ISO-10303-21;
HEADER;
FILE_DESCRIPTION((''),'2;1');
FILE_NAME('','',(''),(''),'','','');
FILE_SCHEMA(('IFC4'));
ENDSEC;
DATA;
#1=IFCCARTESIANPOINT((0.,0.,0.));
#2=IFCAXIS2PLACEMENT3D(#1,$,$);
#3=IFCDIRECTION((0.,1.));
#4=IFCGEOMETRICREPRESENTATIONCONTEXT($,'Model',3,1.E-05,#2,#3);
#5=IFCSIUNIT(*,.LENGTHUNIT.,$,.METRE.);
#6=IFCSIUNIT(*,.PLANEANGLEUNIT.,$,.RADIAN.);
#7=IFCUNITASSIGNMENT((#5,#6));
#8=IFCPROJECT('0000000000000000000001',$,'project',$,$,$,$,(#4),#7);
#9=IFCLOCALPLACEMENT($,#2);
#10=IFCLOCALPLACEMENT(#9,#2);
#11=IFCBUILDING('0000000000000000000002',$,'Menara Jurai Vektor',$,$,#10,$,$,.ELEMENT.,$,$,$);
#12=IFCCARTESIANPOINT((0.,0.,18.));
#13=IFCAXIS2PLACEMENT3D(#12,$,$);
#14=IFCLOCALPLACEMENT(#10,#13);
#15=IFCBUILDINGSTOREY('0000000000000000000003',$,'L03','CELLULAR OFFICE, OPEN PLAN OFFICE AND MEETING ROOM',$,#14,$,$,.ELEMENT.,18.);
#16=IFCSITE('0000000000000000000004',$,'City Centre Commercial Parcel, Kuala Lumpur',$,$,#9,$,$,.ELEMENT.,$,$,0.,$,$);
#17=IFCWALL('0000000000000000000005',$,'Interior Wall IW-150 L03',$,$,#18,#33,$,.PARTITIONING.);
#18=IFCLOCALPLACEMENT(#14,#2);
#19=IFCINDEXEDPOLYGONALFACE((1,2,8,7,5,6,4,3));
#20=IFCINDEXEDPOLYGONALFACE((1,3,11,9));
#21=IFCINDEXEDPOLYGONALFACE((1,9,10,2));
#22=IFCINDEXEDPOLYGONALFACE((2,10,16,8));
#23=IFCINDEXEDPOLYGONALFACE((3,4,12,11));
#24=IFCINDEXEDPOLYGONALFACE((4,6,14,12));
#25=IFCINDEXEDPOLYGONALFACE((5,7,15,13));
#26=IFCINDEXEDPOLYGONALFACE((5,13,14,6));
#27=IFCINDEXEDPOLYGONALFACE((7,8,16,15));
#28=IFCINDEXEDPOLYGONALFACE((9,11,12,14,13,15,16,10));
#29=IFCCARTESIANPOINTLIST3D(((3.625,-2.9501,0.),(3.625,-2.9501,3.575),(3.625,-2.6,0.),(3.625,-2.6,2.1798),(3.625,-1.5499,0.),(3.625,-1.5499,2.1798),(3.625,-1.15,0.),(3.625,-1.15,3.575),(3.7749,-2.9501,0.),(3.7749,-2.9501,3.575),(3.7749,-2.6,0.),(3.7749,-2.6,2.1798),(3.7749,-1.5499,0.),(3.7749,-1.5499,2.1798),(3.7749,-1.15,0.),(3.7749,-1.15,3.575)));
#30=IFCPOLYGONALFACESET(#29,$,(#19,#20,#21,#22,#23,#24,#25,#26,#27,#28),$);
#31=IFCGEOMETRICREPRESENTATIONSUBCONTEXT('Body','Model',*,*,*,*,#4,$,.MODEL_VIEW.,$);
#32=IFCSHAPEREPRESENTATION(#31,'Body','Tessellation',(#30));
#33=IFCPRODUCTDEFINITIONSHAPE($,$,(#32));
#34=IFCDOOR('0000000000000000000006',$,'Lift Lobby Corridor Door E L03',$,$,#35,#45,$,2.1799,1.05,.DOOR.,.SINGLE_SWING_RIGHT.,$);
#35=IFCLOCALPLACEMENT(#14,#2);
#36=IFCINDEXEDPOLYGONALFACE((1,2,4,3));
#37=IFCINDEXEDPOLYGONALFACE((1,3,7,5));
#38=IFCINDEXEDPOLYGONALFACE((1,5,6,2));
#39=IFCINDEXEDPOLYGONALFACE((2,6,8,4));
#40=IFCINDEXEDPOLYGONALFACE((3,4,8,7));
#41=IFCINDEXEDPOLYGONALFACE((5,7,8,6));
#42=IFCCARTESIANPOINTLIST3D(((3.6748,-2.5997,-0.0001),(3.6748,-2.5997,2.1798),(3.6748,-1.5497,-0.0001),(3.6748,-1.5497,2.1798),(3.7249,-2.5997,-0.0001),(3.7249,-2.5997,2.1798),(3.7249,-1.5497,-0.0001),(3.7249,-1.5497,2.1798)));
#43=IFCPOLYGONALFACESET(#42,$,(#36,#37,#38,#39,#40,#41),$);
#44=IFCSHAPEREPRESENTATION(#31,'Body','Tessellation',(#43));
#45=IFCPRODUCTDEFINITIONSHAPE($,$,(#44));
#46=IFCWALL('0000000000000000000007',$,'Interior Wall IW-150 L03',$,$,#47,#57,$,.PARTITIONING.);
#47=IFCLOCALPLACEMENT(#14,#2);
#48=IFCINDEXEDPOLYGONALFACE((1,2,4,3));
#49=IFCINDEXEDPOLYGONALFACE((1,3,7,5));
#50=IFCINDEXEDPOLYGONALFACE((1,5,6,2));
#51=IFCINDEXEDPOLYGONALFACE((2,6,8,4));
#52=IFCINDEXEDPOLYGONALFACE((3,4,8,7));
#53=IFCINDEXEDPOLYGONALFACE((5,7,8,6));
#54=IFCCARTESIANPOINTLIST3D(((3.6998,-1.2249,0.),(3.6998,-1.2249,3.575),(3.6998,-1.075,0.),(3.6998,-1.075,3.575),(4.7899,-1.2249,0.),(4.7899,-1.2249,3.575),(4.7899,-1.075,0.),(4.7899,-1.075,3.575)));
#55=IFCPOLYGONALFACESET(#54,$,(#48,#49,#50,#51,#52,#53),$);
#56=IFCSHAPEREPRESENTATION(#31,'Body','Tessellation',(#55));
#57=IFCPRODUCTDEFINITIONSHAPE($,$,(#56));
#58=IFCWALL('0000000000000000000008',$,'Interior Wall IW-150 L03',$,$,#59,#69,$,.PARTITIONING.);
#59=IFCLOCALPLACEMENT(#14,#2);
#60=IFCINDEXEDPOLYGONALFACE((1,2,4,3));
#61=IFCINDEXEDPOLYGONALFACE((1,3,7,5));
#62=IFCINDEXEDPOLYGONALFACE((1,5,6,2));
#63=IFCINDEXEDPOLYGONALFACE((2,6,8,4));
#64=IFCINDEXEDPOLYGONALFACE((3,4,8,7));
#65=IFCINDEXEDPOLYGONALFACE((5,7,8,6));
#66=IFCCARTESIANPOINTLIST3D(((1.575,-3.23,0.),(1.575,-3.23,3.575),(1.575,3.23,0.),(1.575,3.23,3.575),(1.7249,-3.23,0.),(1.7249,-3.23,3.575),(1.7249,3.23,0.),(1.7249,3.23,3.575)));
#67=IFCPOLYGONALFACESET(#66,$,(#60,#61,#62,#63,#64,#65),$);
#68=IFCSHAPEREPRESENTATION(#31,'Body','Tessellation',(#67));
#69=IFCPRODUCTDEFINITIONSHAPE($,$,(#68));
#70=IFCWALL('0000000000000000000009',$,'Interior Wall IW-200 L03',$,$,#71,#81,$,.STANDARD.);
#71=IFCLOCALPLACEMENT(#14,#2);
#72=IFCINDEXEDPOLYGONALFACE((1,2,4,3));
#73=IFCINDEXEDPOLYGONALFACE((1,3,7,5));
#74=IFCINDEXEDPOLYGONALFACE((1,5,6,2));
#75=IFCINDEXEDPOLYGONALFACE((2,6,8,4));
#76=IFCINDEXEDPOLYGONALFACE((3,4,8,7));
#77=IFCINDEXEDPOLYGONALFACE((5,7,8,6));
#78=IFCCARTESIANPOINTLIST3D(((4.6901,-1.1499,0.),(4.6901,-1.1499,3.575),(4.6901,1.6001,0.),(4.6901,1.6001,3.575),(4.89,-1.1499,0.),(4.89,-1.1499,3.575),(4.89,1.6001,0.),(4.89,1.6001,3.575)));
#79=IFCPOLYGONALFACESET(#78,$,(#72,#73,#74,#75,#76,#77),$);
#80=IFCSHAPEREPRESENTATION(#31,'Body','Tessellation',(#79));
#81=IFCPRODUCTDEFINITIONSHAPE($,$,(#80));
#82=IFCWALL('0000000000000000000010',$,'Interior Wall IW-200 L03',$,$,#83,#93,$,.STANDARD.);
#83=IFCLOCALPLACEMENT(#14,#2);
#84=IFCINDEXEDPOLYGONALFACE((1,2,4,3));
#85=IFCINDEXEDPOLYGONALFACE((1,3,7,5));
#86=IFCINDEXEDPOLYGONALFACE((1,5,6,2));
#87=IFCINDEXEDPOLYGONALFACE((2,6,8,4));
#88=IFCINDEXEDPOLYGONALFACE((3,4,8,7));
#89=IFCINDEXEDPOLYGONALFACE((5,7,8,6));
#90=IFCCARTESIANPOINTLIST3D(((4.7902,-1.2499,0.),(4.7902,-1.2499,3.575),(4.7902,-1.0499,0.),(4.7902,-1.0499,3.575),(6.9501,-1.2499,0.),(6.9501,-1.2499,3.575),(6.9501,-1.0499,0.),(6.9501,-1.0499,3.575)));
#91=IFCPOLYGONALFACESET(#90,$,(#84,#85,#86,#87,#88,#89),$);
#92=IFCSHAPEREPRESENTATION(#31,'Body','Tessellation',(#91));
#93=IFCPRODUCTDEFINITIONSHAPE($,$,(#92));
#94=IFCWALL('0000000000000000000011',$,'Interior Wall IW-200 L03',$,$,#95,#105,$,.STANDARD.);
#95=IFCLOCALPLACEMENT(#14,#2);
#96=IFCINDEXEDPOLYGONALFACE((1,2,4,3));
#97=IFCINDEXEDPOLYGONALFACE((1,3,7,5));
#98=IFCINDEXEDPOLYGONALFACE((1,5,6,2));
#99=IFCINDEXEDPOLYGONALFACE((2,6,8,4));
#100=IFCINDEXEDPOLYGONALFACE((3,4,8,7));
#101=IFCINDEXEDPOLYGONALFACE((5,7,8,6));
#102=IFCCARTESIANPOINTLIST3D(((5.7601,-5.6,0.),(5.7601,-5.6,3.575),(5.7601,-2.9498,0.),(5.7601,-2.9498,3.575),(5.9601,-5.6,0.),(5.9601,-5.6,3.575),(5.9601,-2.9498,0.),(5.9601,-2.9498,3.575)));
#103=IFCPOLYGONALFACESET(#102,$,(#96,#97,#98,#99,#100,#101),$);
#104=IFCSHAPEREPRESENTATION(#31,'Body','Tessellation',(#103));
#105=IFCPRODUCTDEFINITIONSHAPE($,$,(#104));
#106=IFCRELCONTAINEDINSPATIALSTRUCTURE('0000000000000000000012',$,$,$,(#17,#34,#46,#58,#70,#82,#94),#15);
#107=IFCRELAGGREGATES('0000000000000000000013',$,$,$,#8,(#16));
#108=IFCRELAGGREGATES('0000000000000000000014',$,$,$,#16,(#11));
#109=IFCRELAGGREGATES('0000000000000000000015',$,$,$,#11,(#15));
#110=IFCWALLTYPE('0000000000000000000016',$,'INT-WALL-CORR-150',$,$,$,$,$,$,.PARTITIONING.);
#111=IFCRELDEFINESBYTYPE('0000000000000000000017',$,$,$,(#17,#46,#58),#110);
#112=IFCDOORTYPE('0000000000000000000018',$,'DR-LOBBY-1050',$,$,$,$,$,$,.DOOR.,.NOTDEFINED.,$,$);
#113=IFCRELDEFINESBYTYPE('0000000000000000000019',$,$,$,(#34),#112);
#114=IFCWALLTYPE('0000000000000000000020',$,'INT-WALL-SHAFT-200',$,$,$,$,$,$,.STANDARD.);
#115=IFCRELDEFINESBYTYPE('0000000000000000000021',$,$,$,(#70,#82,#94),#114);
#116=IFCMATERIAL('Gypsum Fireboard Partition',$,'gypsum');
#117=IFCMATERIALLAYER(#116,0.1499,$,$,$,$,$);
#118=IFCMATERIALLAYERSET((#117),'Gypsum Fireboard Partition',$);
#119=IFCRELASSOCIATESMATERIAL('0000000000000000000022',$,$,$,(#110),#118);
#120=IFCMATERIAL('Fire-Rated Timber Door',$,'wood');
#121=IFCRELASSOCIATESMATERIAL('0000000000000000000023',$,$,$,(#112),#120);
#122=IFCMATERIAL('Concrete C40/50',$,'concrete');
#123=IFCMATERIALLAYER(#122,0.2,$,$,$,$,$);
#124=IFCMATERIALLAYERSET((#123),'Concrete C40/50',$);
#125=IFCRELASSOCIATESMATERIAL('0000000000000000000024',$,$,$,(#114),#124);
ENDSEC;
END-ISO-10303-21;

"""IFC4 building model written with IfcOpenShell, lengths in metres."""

from ifc_helpers import new_model, si_unit, direction, frame, frame_2d, origin, place, context, subcontext, project, spatial, rectangle, extrude, material, layer, layer_set, type_object, element, fill, save


model = new_model("IFC4")

# Units and contexts
model_context = context("Model", 3, precision=1e-05, world=origin(), true_north=direction((0.0, 1.0)))
body_context = subcontext(model_context, "Body", "Model", "MODEL_VIEW")
ifc_project = project(units=[si_unit("LENGTHUNIT", "METRE"), si_unit("PLANEANGLEUNIT", "RADIAN")], contexts=[model_context])

# Site, building, storey
site_placement = place(None, origin())
site = spatial("IfcSite", under=ifc_project, at=site_placement, Name="City Centre Commercial Parcel, Kuala Lumpur", CompositionType="ELEMENT", RefElevation=0.0)
building_placement = place(site_placement, origin())
building = spatial("IfcBuilding", under=site, at=building_placement, Name="Menara Jurai Vektor", CompositionType="ELEMENT")
storey_placement = place(building_placement, frame((0.0, 0.0, 18.0)))
storey = spatial("IfcBuildingStorey", under=building, at=storey_placement, Name="L03", Description="CELLULAR OFFICE, OPEN PLAN OFFICE AND MEETING ROOM", CompositionType="ELEMENT", Elevation=18.0)

# Shared definitions
ifc_material_1 = material(Name="Concrete C40/50", Category="concrete")

# Wall, opening, door
ifc_material_2 = material(Name="Gypsum Fireboard Partition", Category="gypsum")
ifc_layer_1 = layer(ifc_material_2, 0.1499)
ifc_layer_set_1 = layer_set([ifc_layer_1], Name="Gypsum Fireboard Partition")
wall_type_1 = type_object("IfcWallType", Name="INT-WALL-CORR-150", PredefinedType="PARTITIONING", material=ifc_layer_set_1)
wall_1_placement = place(storey_placement, frame((3.7, -2.95, 0.0), z_axis=(0.0, 0.0, 1.0), x_axis=(0.0, 1.0, 0.0)))
wall_1 = element("IfcWall", 1, at=wall_1_placement, inside=storey, type_object=wall_type_1, Name="Interior Wall IW-150 L03", PredefinedType="PARTITIONING", context=body_context, shape_type="SweptSolid", body=[
    extrude(rectangle(XDim=1.8, YDim=0.1499, at=frame_2d((0.8999, 0.0))), origin(), (0.0, 0.0, 1.0), 3.575),
])
opening_1_placement = place(wall_1_placement, frame((0.3501, 0.0, 0.0)))
opening_1 = element("IfcOpeningElement", 2, at=opening_1_placement, cuts=wall_1, PredefinedType="OPENING", context=body_context, shape_type="SweptSolid", body=[
    extrude(rectangle(XDim=1.05, YDim=2.1799, at=frame_2d((0.5249, 1.0898))), frame((0.0, 0.085, 0.0), z_axis=(0.0, -1.0, 0.0), x_axis=(1.0, 0.0, 0.0)), (0.0, 0.0, 1.0), 0.1699),
])
ifc_material_3 = material(Name="Fire-Rated Timber Door", Category="wood")
door_type_1 = type_object("IfcDoorType", Name="DR-LOBBY-1050", OperationType="NOTDEFINED", PredefinedType="DOOR", material=ifc_material_3)
door_1_placement = place(opening_1_placement, frame((1.05, 0.0, 0.0), z_axis=(0.0, 0.0, 1.0), x_axis=(-1.0, 0.0, 0.0)))
door_1 = element("IfcDoor", 3, at=door_1_placement, inside=storey, type_object=door_type_1, Name="Lift Lobby Corridor Door E L03", OperationType="SINGLE_SWING_RIGHT", OverallHeight=2.1799, OverallWidth=1.05, PredefinedType="DOOR", context=body_context, shape_type="SweptSolid", body=[
    extrude(rectangle(XDim=1.05, YDim=2.1799, at=frame_2d((0.5249, 1.0898))), frame((0.0, 0.0249, 0.0), z_axis=(0.0, -1.0, 0.0), x_axis=(1.0, 0.0, 0.0)), (0.0, 0.0, 1.0), 0.05),
])
fill(opening_1, door_1)

# Walls
wall_2_placement = place(storey_placement, frame((3.7, -1.1499, 0.0), z_axis=(0.0, 0.0, 1.0), x_axis=(1.0, 0.0, 0.0)))
element("IfcWall", 4, at=wall_2_placement, inside=storey, type_object=wall_type_1, Name="Interior Wall IW-150 L03", PredefinedType="PARTITIONING", context=body_context, shape_type="SweptSolid", body=[
    extrude(rectangle(XDim=1.0901, YDim=0.1499, at=frame_2d((0.5449, 0.0))), origin(), (0.0, 0.0, 1.0), 3.575),
])
wall_3_placement = place(storey_placement, frame((1.6499, -3.23, 0.0), z_axis=(0.0, 0.0, 1.0), x_axis=(0.0, 1.0, 0.0)))
element("IfcWall", 5, at=wall_3_placement, inside=storey, type_object=wall_type_1, Name="Interior Wall IW-150 L03", PredefinedType="PARTITIONING", context=body_context, shape_type="SweptSolid", body=[
    extrude(rectangle(XDim=6.46, YDim=0.1499, at=frame_2d((3.23, 0.0))), origin(), (0.0, 0.0, 1.0), 3.575),
])

# Shared definitions
ifc_layer_2 = layer(ifc_material_1, 0.2)
ifc_layer_set_2 = layer_set([ifc_layer_2], Name="Concrete C40/50")
wall_type_2 = type_object("IfcWallType", Name="INT-WALL-SHAFT-200", PredefinedType="STANDARD", material=ifc_layer_set_2)

# Walls
wall_4_placement = place(storey_placement, frame((4.79, -1.1499, 0.0), z_axis=(0.0, 0.0, 1.0), x_axis=(0.0, 1.0, 0.0)))
element("IfcWall", 6, at=wall_4_placement, inside=storey, type_object=wall_type_2, Name="Interior Wall IW-200 L03", PredefinedType="STANDARD", context=body_context, shape_type="SweptSolid", body=[
    extrude(rectangle(XDim=2.75, YDim=0.2, at=frame_2d((1.375, 0.0))), origin(), (0.0, 0.0, 1.0), 3.575),
])
wall_5_placement = place(storey_placement, frame((4.79, -1.1499, 0.0), z_axis=(0.0, 0.0, 1.0), x_axis=(1.0, 0.0, 0.0)))
element("IfcWall", 7, at=wall_5_placement, inside=storey, type_object=wall_type_2, Name="Interior Wall IW-200 L03", PredefinedType="STANDARD", context=body_context, shape_type="SweptSolid", body=[
    extrude(rectangle(XDim=2.1599, YDim=0.2, at=frame_2d((1.0801, 0.0))), origin(), (0.0, 0.0, 1.0), 3.575),
])

# Wall
wall_6_placement = place(storey_placement, frame((5.8601, -5.6001, 0.0), z_axis=(0.0, 0.0, 1.0), x_axis=(0.0, 1.0, 0.0)))
element("IfcWall", 8, at=wall_6_placement, inside=storey, type_object=wall_type_2, Name="Interior Wall IW-200 L03", PredefinedType="STANDARD", context=body_context, shape_type="SweptSolid", body=[
    extrude(rectangle(XDim=2.6501, YDim=0.2, at=frame_2d((1.3252, 0.0))), origin(), (0.0, 0.0, 1.0), 3.575),
])

save(model, "model.ifc")
